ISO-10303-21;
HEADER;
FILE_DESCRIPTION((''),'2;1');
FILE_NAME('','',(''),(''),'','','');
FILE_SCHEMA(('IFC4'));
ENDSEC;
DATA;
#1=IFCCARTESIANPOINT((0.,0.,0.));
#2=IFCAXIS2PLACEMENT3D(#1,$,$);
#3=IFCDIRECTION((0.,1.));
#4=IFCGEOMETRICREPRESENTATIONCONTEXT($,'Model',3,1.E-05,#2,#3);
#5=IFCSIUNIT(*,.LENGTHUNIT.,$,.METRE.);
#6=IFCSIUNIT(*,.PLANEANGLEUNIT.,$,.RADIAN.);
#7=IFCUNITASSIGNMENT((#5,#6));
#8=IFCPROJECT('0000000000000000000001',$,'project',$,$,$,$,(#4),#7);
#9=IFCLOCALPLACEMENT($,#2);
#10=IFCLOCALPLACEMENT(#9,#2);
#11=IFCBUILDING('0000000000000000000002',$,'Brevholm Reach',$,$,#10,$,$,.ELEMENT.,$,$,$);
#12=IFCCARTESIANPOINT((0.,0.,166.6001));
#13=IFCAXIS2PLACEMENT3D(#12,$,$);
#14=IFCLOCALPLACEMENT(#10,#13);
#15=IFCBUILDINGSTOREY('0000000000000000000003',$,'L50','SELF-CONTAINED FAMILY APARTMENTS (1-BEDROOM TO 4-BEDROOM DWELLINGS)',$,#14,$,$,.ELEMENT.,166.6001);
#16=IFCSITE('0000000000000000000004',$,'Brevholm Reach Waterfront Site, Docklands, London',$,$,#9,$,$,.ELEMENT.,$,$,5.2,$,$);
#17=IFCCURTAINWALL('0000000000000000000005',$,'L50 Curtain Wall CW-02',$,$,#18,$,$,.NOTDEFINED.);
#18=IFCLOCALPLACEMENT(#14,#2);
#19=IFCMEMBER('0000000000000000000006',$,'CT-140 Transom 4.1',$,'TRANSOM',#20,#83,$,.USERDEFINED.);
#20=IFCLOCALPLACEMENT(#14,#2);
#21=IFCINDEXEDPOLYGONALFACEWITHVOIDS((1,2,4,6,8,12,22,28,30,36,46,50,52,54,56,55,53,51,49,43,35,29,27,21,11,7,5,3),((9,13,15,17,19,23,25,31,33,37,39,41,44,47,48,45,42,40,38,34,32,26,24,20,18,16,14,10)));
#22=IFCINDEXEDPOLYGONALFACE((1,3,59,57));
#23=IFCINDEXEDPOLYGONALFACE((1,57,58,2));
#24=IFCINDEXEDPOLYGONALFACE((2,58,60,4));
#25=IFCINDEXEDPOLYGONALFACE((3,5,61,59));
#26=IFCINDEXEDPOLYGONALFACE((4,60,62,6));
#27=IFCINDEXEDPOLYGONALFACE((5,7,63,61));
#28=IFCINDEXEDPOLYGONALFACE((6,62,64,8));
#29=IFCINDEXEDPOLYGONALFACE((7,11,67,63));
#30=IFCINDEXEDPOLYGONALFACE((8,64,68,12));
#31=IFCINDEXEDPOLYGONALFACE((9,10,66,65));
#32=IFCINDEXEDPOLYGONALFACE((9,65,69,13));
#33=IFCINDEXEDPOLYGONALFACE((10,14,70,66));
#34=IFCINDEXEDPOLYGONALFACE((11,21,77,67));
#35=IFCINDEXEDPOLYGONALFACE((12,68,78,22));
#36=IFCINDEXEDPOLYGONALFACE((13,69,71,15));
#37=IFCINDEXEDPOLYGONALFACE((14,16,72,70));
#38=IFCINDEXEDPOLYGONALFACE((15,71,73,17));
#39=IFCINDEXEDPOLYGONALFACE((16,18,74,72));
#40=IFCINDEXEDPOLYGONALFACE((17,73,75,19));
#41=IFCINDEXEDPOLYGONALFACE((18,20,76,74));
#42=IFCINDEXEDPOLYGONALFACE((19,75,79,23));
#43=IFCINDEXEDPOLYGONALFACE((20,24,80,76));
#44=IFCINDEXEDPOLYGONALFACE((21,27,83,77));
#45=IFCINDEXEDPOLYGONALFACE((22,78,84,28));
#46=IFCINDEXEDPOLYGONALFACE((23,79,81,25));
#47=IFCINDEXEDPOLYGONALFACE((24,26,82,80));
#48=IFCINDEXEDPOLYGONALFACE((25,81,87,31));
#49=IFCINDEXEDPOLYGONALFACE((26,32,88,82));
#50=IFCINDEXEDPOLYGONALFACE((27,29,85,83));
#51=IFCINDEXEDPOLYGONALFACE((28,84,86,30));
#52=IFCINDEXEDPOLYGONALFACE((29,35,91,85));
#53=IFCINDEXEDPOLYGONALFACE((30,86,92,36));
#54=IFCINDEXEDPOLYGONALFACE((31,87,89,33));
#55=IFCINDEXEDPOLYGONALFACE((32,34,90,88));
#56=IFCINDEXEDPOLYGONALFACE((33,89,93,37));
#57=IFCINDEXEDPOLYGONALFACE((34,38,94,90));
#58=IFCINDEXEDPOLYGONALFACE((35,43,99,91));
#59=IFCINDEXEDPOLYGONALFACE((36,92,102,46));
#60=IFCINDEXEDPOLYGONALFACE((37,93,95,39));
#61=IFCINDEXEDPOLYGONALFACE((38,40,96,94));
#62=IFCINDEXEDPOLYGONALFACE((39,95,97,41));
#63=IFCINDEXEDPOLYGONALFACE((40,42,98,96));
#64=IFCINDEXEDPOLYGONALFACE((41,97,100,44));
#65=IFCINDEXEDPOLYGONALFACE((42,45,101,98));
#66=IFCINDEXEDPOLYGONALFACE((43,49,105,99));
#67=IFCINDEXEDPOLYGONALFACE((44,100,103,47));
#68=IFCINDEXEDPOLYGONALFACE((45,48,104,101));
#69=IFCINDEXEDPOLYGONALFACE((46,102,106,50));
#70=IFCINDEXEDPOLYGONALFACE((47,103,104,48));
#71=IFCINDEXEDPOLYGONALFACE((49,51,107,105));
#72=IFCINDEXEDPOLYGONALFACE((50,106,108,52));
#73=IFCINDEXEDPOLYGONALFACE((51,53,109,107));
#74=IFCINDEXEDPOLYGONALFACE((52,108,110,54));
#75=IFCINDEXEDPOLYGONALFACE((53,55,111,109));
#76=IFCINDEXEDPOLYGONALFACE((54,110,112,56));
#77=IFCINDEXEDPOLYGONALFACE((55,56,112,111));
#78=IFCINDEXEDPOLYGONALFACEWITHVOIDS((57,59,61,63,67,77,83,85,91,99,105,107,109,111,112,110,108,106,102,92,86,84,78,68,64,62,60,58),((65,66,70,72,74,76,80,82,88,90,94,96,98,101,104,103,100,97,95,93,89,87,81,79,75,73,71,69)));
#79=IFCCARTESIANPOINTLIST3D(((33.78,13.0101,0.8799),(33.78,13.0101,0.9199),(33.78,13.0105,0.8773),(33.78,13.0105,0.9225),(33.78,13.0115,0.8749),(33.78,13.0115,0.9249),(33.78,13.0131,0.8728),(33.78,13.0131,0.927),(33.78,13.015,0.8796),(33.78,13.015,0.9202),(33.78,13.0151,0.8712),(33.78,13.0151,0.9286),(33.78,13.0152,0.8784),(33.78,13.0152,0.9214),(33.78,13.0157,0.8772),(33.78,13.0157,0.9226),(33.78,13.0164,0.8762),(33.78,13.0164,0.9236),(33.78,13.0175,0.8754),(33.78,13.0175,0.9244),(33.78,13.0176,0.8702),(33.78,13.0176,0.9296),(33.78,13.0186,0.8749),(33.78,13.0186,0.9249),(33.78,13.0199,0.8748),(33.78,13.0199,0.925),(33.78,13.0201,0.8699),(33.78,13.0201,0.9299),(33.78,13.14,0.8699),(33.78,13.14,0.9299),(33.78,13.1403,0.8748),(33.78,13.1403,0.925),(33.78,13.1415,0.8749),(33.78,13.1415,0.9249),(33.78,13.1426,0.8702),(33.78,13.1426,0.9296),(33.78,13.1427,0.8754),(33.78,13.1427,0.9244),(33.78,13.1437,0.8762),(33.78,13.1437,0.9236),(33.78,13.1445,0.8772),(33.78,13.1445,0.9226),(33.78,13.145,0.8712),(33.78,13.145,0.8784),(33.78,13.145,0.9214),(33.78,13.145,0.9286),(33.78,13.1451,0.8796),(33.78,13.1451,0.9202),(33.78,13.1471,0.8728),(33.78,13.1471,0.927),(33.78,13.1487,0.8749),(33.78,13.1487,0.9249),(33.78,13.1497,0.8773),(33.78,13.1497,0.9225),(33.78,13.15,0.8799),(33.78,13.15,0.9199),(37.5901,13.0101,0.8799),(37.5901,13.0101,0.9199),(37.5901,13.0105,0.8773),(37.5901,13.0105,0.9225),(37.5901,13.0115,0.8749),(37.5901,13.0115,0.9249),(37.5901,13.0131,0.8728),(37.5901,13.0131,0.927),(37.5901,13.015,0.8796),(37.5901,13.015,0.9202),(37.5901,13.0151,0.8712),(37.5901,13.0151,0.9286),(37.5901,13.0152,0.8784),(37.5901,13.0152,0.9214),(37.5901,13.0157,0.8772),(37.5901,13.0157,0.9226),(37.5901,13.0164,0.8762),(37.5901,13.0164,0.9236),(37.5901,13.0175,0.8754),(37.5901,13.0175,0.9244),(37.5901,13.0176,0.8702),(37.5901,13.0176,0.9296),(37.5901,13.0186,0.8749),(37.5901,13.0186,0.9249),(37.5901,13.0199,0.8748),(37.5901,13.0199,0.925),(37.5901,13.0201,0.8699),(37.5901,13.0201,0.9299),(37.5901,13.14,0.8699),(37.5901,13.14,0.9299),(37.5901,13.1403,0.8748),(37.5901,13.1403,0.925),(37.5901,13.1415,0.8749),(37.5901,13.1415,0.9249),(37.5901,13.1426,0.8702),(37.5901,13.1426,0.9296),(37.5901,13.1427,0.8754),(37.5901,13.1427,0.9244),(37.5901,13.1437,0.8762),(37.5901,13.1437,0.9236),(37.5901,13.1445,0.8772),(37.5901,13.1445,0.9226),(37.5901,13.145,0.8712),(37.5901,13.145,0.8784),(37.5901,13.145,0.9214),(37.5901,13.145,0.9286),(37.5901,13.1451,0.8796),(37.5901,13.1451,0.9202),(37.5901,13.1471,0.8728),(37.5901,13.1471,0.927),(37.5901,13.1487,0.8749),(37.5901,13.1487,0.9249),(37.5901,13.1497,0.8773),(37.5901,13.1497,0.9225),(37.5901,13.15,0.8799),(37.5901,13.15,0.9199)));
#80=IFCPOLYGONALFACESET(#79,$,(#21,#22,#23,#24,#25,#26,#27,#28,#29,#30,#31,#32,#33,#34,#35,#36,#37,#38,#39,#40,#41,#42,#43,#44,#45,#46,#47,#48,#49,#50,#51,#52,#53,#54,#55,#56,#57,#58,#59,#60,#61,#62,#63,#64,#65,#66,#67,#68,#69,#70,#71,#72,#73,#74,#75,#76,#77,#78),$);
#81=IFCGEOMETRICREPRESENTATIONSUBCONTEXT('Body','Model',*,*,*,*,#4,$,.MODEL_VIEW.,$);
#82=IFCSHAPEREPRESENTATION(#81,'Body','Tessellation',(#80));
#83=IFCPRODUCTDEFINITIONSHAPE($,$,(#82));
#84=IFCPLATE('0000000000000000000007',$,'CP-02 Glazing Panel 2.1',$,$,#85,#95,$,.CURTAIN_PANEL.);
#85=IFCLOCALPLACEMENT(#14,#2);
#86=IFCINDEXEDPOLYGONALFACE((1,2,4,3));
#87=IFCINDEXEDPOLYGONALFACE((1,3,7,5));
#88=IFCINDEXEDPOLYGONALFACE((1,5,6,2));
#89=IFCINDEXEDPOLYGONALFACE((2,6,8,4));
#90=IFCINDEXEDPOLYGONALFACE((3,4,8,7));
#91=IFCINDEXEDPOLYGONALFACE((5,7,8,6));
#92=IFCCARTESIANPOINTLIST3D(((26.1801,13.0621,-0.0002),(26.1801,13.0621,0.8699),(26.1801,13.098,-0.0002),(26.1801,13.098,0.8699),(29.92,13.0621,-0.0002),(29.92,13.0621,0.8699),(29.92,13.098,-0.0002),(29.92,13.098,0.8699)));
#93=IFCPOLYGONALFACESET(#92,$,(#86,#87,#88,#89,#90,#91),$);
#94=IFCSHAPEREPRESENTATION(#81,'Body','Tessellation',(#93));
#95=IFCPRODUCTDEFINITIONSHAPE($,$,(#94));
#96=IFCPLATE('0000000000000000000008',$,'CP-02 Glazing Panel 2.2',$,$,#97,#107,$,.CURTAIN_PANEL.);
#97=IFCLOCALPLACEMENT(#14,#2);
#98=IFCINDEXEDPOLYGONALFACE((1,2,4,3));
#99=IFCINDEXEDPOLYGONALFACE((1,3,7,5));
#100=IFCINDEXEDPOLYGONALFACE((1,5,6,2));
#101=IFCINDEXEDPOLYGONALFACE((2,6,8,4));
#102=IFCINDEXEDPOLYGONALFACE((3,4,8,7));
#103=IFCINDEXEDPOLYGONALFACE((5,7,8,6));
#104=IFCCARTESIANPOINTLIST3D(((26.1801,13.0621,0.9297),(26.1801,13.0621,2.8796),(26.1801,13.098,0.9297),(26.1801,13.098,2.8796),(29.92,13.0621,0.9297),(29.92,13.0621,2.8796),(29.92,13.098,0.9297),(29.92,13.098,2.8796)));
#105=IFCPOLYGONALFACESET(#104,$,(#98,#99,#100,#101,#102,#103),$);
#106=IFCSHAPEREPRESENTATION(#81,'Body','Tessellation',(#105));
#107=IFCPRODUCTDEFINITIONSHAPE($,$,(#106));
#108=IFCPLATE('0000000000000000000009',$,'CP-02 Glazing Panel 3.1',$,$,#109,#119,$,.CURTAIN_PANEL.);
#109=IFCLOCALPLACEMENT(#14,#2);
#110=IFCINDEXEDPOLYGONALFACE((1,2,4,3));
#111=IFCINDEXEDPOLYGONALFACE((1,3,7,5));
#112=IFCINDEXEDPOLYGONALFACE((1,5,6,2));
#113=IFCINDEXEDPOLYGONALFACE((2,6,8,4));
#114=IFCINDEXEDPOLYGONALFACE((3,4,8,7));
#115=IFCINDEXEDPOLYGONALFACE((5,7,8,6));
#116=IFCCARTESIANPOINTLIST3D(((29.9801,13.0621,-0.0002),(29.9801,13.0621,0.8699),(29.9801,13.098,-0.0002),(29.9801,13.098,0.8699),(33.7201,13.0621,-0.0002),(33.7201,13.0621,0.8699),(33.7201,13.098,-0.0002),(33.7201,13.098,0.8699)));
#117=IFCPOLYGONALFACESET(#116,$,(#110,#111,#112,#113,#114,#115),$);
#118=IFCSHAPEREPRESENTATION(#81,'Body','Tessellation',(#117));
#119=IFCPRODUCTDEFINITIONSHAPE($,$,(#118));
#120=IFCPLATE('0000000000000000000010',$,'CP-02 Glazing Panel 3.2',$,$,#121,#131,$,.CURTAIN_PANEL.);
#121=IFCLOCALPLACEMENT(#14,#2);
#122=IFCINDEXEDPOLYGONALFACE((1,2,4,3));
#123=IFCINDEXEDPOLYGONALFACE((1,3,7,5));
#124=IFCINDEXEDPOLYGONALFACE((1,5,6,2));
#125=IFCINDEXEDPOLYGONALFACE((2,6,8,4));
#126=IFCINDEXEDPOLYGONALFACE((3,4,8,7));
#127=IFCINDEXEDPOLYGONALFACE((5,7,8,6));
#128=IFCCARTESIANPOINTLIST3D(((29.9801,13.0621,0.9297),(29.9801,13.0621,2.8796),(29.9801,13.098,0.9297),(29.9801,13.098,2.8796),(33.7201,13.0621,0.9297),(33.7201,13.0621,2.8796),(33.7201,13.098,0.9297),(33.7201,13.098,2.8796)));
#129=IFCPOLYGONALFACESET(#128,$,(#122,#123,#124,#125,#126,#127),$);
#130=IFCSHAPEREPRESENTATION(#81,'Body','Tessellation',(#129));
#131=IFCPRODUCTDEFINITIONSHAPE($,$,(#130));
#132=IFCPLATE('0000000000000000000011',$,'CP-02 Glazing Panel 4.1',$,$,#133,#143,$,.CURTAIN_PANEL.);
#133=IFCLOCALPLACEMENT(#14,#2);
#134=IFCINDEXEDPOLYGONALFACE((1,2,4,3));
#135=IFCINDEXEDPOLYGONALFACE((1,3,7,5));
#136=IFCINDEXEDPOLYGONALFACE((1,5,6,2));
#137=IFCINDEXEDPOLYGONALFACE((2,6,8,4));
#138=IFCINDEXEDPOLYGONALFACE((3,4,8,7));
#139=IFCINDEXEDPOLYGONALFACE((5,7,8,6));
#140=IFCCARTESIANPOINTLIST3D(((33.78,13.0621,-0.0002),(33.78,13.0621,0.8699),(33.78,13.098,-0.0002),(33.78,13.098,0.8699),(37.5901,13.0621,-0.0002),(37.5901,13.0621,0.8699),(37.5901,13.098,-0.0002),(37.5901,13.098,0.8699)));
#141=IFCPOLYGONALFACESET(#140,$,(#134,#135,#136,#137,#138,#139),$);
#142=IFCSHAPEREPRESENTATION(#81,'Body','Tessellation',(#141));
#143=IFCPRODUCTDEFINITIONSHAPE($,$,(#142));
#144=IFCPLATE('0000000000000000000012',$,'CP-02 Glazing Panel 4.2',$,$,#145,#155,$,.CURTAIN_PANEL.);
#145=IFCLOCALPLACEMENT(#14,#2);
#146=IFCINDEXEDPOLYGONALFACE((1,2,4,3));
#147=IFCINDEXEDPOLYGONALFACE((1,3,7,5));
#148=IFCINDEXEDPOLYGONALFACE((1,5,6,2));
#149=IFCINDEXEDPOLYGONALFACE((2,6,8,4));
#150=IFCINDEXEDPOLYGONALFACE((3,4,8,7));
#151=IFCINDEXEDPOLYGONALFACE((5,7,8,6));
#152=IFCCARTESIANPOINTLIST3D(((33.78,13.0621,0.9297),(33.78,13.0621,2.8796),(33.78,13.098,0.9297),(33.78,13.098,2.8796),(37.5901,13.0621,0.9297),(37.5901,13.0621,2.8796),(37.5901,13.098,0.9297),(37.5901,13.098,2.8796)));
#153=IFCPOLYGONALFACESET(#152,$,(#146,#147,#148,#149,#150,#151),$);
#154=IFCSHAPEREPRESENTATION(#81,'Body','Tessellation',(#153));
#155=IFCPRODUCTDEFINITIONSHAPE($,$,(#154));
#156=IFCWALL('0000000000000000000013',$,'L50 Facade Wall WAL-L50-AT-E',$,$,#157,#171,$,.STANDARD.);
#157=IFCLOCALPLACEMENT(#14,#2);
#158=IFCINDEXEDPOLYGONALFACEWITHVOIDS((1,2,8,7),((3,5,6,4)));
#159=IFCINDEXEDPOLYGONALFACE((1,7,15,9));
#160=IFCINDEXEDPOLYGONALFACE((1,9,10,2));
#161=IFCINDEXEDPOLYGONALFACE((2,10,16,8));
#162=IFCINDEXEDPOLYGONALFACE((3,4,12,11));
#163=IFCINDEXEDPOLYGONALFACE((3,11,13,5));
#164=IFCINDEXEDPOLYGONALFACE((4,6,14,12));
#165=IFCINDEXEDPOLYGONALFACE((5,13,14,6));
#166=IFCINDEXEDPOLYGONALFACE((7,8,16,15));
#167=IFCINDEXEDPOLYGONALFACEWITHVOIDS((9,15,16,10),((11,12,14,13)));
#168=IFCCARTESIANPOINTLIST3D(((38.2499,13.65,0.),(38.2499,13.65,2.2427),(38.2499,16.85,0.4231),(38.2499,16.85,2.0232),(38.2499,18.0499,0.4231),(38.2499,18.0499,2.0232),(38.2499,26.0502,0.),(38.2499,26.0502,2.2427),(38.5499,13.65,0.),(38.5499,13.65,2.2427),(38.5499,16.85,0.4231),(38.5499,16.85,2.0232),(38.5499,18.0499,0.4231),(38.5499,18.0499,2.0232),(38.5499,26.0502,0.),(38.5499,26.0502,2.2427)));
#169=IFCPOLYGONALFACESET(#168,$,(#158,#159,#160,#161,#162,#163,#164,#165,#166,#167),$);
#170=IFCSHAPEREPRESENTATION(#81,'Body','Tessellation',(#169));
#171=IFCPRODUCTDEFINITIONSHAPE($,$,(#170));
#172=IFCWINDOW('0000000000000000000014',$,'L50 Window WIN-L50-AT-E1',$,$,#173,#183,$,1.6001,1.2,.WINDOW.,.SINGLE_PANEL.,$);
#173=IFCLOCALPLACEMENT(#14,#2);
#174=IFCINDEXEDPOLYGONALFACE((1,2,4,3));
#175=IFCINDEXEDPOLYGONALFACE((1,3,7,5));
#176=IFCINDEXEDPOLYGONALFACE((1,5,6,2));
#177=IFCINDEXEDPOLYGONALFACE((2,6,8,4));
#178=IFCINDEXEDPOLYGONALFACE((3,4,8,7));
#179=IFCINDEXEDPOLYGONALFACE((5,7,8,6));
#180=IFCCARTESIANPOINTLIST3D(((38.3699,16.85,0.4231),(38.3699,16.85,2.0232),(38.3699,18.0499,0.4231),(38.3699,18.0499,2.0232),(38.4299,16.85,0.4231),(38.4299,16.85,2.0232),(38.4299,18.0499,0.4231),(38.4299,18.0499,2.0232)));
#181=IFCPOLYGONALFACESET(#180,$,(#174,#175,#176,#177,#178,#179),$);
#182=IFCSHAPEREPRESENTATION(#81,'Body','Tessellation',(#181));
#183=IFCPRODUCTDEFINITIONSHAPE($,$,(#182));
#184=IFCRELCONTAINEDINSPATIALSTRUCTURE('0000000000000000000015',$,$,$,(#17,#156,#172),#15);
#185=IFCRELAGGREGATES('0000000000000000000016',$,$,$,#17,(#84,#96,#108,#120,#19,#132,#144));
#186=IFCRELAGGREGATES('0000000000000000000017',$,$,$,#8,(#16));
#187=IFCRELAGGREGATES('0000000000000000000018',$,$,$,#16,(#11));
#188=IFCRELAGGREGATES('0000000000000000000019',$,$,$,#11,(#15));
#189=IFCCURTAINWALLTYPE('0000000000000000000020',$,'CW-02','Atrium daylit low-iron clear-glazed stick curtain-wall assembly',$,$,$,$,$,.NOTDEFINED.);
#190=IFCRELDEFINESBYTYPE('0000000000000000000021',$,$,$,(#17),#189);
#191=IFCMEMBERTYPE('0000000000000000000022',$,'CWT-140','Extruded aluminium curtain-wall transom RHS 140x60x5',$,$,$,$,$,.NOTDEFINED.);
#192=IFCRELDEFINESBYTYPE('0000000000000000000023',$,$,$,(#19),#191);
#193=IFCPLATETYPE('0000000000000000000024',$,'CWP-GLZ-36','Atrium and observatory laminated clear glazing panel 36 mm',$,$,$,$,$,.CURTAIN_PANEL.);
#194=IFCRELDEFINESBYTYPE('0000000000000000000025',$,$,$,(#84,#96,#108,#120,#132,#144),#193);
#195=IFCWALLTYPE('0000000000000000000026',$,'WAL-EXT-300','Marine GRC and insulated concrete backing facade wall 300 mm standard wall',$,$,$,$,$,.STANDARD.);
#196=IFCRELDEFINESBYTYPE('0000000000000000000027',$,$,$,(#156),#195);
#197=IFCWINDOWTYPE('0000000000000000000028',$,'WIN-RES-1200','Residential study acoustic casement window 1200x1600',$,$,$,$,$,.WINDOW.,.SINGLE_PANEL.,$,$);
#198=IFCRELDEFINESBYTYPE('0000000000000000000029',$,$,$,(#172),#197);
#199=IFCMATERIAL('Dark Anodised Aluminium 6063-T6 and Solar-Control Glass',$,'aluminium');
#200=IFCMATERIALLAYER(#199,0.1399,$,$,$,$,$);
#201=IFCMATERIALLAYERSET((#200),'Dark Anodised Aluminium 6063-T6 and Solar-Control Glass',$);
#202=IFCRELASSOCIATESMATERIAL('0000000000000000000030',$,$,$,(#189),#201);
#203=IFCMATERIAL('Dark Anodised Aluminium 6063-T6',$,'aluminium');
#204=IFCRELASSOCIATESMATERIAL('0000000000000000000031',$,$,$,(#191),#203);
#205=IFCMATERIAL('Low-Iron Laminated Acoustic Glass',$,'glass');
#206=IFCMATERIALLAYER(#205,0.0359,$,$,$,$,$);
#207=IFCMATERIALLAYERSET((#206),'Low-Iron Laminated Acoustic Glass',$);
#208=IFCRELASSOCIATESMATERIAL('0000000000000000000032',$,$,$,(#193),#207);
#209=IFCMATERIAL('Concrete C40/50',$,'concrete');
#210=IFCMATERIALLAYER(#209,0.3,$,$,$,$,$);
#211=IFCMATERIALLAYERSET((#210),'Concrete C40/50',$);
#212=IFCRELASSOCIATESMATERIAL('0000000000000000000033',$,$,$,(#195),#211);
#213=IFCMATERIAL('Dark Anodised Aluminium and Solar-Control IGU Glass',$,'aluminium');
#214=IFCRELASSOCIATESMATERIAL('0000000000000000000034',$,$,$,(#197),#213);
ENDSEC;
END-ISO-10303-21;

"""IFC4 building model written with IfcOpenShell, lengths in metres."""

from ifc_helpers import new_model, si_unit, direction, frame, frame_2d, origin, origin_2d, place, context, subcontext, project, spatial, rectangle, hollow_rectangle, extrude, material, layer, layer_set, material_profile, profile_set, type_object, element, fill, aggregate, save


model = new_model("IFC4")

# Units and contexts
model_context = context("Model", 3, precision=1e-05, world=origin(), true_north=direction((0.0, 1.0)))
body_context = subcontext(model_context, "Body", "Model", "MODEL_VIEW")
ifc_project = project(units=[si_unit("LENGTHUNIT", "METRE"), si_unit("PLANEANGLEUNIT", "RADIAN")], contexts=[model_context])

# Site, building, storey
site_placement = place(None, origin())
site = spatial("IfcSite", under=ifc_project, at=site_placement, Name="Brevholm Reach Waterfront Site, Docklands, London", CompositionType="ELEMENT", RefElevation=5.2)
building_placement = place(site_placement, origin())
building = spatial("IfcBuilding", under=site, at=building_placement, Name="Brevholm Reach", CompositionType="ELEMENT")
storey_placement = place(building_placement, frame((0.0, 0.0, 166.6001)))
storey = spatial("IfcBuildingStorey", under=building, at=storey_placement, Name="L50", Description="SELF-CONTAINED FAMILY APARTMENTS (1-BEDROOM TO 4-BEDROOM DWELLINGS)", CompositionType="ELEMENT", Elevation=166.6001)

# Curtain wall, member, plates
ifc_material_1 = material(Name="Dark Anodised Aluminium 6063-T6 and Solar-Control Glass", Category="aluminium")
ifc_layer_1 = layer(ifc_material_1, 0.1399)
ifc_layer_set_1 = layer_set([ifc_layer_1], Name="Dark Anodised Aluminium 6063-T6 and Solar-Control Glass")
curtain_wall_type = type_object("IfcCurtainWallType", Name="CW-02", Description="Atrium daylit low-iron clear-glazed stick curtain-wall assembly", PredefinedType="NOTDEFINED", material=ifc_layer_set_1)
curtain_wall_placement = place(storey_placement, origin())
curtain_wall = element("IfcCurtainWall", 1, at=curtain_wall_placement, inside=storey, type_object=curtain_wall_type, Name="L50 Curtain Wall CW-02", PredefinedType="NOTDEFINED")
ifc_material_2 = material(Name="Dark Anodised Aluminium 6063-T6", Category="aluminium")
ifc_material_profile_1 = material_profile(ifc_material_2, hollow_rectangle(XDim=0.0601, YDim=0.1399, WallThickness=0.0049, InnerFilletRadius=0.0049, OuterFilletRadius=0.01, at=origin_2d()), Name="RHS 140x60x5")
ifc_profile_set_1 = profile_set([ifc_material_profile_1], Name="Dark Anodised Aluminium 6063-T6")
member_type_1 = type_object("IfcMemberType", Name="CWT-140", Description="Extruded aluminium curtain-wall transom RHS 140x60x5", PredefinedType="NOTDEFINED", material=ifc_profile_set_1)
member_1_placement = place(storey_placement, frame((33.78, 13.0801, 0.8999), z_axis=(1.0, 0.0, 0.0), x_axis=(0.0, 0.0, 1.0)))
member_1 = element("IfcMember", 2, at=member_1_placement, type_object=member_type_1, Name="CT-140 Transom 4.1", ObjectType="TRANSOM", PredefinedType="USERDEFINED", context=body_context, shape_type="SweptSolid", body=[
    extrude(hollow_rectangle(XDim=0.0601, YDim=0.1399, WallThickness=0.0049, InnerFilletRadius=0.0049, OuterFilletRadius=0.01, at=origin_2d()), origin(), (0.0, 0.0, 1.0), 3.8101),
])
ifc_material_3 = material(Name="Low-Iron Laminated Acoustic Glass", Category="glass")
ifc_layer_2 = layer(ifc_material_3, 0.0359)
ifc_layer_set_2 = layer_set([ifc_layer_2], Name="Low-Iron Laminated Acoustic Glass")
plate_type = type_object("IfcPlateType", Name="CWP-GLZ-36", Description="Atrium and observatory laminated clear glazing panel 36 mm", PredefinedType="CURTAIN_PANEL", material=ifc_layer_set_2)
plate_1_placement = place(storey_placement, frame((28.05, 13.0801, -0.0002), z_axis=(0.0, 0.0, 1.0), x_axis=(1.0, 0.0, 0.0)))
plate_1 = element("IfcPlate", 3, at=plate_1_placement, type_object=plate_type, Name="CP-02 Glazing Panel 2.1", PredefinedType="CURTAIN_PANEL", context=body_context, shape_type="SweptSolid", body=[
    extrude(rectangle(XDim=3.74, YDim=0.0359, at=origin_2d()), origin(), (0.0, 0.0, 1.0), 0.8701),
])
plate_2_placement = place(storey_placement, frame((28.05, 13.0801, 0.9297), z_axis=(0.0, 0.0, 1.0), x_axis=(1.0, 0.0, 0.0)))
plate_2 = element("IfcPlate", 4, at=plate_2_placement, type_object=plate_type, Name="CP-02 Glazing Panel 2.2", PredefinedType="CURTAIN_PANEL", context=body_context, shape_type="SweptSolid", body=[
    extrude(rectangle(XDim=3.74, YDim=0.0359, at=origin_2d()), origin(), (0.0, 0.0, 1.0), 1.95),
])
plate_3_placement = place(storey_placement, frame((31.8501, 13.0801, -0.0002), z_axis=(0.0, 0.0, 1.0), x_axis=(1.0, 0.0, 0.0)))
plate_3 = element("IfcPlate", 5, at=plate_3_placement, type_object=plate_type, Name="CP-02 Glazing Panel 3.1", PredefinedType="CURTAIN_PANEL", context=body_context, shape_type="SweptSolid", body=[
    extrude(rectangle(XDim=3.74, YDim=0.0359, at=origin_2d()), origin(), (0.0, 0.0, 1.0), 0.8701),
])
plate_4_placement = place(storey_placement, frame((31.8501, 13.0801, 0.9297), z_axis=(0.0, 0.0, 1.0), x_axis=(1.0, 0.0, 0.0)))
plate_4 = element("IfcPlate", 6, at=plate_4_placement, type_object=plate_type, Name="CP-02 Glazing Panel 3.2", PredefinedType="CURTAIN_PANEL", context=body_context, shape_type="SweptSolid", body=[
    extrude(rectangle(XDim=3.74, YDim=0.0359, at=origin_2d()), origin(), (0.0, 0.0, 1.0), 1.95),
])
plate_5_placement = place(storey_placement, frame((35.6851, 13.0801, -0.0002), z_axis=(0.0, 0.0, 1.0), x_axis=(1.0, 0.0, 0.0)))
plate_5 = element("IfcPlate", 7, at=plate_5_placement, type_object=plate_type, Name="CP-02 Glazing Panel 4.1", PredefinedType="CURTAIN_PANEL", context=body_context, shape_type="SweptSolid", body=[
    extrude(rectangle(XDim=3.8101, YDim=0.0359, at=origin_2d()), origin(), (0.0, 0.0, 1.0), 0.8701),
])
plate_6_placement = place(storey_placement, frame((35.6851, 13.0801, 0.9297), z_axis=(0.0, 0.0, 1.0), x_axis=(1.0, 0.0, 0.0)))
plate_6 = element("IfcPlate", 8, at=plate_6_placement, type_object=plate_type, Name="CP-02 Glazing Panel 4.2", PredefinedType="CURTAIN_PANEL", context=body_context, shape_type="SweptSolid", body=[
    extrude(rectangle(XDim=3.8101, YDim=0.0359, at=origin_2d()), origin(), (0.0, 0.0, 1.0), 1.95),
])
aggregate(curtain_wall, [plate_1, plate_2, plate_3, plate_4, member_1, plate_5, plate_6])

# Wall, opening, window
ifc_material_4 = material(Name="Concrete C40/50", Category="concrete")
ifc_layer_3 = layer(ifc_material_4, 0.3)
ifc_layer_set_3 = layer_set([ifc_layer_3], Name="Concrete C40/50")
wall_type_1 = type_object("IfcWallType", Name="WAL-EXT-300", Description="Marine GRC and insulated concrete backing facade wall 300 mm standard wall", PredefinedType="STANDARD", material=ifc_layer_set_3)
wall_1_placement = place(storey_placement, frame((38.3999, 13.6499, 0.0), z_axis=(0.0, 0.0, 1.0), x_axis=(0.0, 1.0, 0.0)))
wall_1 = element("IfcWall", 9, at=wall_1_placement, inside=storey, type_object=wall_type_1, Name="L50 Facade Wall WAL-L50-AT-E", PredefinedType="STANDARD", context=body_context, shape_type="SweptSolid", body=[
    extrude(rectangle(XDim=12.4001, YDim=0.3, at=frame_2d((6.2002, 0.0))), origin(), (0.0, 0.0, 1.0), 2.2427),
])
opening_1_placement = place(wall_1_placement, frame((3.2, 0.0, 0.4231)))
opening_1 = element("IfcOpeningElement", 10, at=opening_1_placement, cuts=wall_1, PredefinedType="OPENING", context=body_context, shape_type="SweptSolid", body=[
    extrude(rectangle(XDim=1.2, YDim=1.6001, at=frame_2d((0.6001, 0.8))), frame((0.0, 0.1599, 0.0), z_axis=(0.0, -1.0, 0.0), x_axis=(1.0, 0.0, 0.0)), (0.0, 0.0, 1.0), 0.3201),
])
ifc_material_5 = material(Name="Dark Anodised Aluminium and Solar-Control IGU Glass", Category="aluminium")
window_type = type_object("IfcWindowType", Name="WIN-RES-1200", Description="Residential study acoustic casement window 1200x1600", PartitioningType="SINGLE_PANEL", PredefinedType="WINDOW", material=ifc_material_5)
window_placement = place(opening_1_placement, origin())
window = element("IfcWindow", 11, at=window_placement, inside=storey, type_object=window_type, Name="L50 Window WIN-L50-AT-E1", OverallHeight=1.6001, OverallWidth=1.2, PartitioningType="SINGLE_PANEL", PredefinedType="WINDOW", context=body_context, shape_type="SweptSolid", body=[
    extrude(rectangle(XDim=1.2, YDim=1.6001, at=frame_2d((0.6001, 0.8))), frame((0.0, 0.03, 0.0), z_axis=(0.0, -1.0, 0.0), x_axis=(1.0, 0.0, 0.0)), (0.0, 0.0, 1.0), 0.0601),
])
fill(opening_1, window)

save(model, "model.ifc")
